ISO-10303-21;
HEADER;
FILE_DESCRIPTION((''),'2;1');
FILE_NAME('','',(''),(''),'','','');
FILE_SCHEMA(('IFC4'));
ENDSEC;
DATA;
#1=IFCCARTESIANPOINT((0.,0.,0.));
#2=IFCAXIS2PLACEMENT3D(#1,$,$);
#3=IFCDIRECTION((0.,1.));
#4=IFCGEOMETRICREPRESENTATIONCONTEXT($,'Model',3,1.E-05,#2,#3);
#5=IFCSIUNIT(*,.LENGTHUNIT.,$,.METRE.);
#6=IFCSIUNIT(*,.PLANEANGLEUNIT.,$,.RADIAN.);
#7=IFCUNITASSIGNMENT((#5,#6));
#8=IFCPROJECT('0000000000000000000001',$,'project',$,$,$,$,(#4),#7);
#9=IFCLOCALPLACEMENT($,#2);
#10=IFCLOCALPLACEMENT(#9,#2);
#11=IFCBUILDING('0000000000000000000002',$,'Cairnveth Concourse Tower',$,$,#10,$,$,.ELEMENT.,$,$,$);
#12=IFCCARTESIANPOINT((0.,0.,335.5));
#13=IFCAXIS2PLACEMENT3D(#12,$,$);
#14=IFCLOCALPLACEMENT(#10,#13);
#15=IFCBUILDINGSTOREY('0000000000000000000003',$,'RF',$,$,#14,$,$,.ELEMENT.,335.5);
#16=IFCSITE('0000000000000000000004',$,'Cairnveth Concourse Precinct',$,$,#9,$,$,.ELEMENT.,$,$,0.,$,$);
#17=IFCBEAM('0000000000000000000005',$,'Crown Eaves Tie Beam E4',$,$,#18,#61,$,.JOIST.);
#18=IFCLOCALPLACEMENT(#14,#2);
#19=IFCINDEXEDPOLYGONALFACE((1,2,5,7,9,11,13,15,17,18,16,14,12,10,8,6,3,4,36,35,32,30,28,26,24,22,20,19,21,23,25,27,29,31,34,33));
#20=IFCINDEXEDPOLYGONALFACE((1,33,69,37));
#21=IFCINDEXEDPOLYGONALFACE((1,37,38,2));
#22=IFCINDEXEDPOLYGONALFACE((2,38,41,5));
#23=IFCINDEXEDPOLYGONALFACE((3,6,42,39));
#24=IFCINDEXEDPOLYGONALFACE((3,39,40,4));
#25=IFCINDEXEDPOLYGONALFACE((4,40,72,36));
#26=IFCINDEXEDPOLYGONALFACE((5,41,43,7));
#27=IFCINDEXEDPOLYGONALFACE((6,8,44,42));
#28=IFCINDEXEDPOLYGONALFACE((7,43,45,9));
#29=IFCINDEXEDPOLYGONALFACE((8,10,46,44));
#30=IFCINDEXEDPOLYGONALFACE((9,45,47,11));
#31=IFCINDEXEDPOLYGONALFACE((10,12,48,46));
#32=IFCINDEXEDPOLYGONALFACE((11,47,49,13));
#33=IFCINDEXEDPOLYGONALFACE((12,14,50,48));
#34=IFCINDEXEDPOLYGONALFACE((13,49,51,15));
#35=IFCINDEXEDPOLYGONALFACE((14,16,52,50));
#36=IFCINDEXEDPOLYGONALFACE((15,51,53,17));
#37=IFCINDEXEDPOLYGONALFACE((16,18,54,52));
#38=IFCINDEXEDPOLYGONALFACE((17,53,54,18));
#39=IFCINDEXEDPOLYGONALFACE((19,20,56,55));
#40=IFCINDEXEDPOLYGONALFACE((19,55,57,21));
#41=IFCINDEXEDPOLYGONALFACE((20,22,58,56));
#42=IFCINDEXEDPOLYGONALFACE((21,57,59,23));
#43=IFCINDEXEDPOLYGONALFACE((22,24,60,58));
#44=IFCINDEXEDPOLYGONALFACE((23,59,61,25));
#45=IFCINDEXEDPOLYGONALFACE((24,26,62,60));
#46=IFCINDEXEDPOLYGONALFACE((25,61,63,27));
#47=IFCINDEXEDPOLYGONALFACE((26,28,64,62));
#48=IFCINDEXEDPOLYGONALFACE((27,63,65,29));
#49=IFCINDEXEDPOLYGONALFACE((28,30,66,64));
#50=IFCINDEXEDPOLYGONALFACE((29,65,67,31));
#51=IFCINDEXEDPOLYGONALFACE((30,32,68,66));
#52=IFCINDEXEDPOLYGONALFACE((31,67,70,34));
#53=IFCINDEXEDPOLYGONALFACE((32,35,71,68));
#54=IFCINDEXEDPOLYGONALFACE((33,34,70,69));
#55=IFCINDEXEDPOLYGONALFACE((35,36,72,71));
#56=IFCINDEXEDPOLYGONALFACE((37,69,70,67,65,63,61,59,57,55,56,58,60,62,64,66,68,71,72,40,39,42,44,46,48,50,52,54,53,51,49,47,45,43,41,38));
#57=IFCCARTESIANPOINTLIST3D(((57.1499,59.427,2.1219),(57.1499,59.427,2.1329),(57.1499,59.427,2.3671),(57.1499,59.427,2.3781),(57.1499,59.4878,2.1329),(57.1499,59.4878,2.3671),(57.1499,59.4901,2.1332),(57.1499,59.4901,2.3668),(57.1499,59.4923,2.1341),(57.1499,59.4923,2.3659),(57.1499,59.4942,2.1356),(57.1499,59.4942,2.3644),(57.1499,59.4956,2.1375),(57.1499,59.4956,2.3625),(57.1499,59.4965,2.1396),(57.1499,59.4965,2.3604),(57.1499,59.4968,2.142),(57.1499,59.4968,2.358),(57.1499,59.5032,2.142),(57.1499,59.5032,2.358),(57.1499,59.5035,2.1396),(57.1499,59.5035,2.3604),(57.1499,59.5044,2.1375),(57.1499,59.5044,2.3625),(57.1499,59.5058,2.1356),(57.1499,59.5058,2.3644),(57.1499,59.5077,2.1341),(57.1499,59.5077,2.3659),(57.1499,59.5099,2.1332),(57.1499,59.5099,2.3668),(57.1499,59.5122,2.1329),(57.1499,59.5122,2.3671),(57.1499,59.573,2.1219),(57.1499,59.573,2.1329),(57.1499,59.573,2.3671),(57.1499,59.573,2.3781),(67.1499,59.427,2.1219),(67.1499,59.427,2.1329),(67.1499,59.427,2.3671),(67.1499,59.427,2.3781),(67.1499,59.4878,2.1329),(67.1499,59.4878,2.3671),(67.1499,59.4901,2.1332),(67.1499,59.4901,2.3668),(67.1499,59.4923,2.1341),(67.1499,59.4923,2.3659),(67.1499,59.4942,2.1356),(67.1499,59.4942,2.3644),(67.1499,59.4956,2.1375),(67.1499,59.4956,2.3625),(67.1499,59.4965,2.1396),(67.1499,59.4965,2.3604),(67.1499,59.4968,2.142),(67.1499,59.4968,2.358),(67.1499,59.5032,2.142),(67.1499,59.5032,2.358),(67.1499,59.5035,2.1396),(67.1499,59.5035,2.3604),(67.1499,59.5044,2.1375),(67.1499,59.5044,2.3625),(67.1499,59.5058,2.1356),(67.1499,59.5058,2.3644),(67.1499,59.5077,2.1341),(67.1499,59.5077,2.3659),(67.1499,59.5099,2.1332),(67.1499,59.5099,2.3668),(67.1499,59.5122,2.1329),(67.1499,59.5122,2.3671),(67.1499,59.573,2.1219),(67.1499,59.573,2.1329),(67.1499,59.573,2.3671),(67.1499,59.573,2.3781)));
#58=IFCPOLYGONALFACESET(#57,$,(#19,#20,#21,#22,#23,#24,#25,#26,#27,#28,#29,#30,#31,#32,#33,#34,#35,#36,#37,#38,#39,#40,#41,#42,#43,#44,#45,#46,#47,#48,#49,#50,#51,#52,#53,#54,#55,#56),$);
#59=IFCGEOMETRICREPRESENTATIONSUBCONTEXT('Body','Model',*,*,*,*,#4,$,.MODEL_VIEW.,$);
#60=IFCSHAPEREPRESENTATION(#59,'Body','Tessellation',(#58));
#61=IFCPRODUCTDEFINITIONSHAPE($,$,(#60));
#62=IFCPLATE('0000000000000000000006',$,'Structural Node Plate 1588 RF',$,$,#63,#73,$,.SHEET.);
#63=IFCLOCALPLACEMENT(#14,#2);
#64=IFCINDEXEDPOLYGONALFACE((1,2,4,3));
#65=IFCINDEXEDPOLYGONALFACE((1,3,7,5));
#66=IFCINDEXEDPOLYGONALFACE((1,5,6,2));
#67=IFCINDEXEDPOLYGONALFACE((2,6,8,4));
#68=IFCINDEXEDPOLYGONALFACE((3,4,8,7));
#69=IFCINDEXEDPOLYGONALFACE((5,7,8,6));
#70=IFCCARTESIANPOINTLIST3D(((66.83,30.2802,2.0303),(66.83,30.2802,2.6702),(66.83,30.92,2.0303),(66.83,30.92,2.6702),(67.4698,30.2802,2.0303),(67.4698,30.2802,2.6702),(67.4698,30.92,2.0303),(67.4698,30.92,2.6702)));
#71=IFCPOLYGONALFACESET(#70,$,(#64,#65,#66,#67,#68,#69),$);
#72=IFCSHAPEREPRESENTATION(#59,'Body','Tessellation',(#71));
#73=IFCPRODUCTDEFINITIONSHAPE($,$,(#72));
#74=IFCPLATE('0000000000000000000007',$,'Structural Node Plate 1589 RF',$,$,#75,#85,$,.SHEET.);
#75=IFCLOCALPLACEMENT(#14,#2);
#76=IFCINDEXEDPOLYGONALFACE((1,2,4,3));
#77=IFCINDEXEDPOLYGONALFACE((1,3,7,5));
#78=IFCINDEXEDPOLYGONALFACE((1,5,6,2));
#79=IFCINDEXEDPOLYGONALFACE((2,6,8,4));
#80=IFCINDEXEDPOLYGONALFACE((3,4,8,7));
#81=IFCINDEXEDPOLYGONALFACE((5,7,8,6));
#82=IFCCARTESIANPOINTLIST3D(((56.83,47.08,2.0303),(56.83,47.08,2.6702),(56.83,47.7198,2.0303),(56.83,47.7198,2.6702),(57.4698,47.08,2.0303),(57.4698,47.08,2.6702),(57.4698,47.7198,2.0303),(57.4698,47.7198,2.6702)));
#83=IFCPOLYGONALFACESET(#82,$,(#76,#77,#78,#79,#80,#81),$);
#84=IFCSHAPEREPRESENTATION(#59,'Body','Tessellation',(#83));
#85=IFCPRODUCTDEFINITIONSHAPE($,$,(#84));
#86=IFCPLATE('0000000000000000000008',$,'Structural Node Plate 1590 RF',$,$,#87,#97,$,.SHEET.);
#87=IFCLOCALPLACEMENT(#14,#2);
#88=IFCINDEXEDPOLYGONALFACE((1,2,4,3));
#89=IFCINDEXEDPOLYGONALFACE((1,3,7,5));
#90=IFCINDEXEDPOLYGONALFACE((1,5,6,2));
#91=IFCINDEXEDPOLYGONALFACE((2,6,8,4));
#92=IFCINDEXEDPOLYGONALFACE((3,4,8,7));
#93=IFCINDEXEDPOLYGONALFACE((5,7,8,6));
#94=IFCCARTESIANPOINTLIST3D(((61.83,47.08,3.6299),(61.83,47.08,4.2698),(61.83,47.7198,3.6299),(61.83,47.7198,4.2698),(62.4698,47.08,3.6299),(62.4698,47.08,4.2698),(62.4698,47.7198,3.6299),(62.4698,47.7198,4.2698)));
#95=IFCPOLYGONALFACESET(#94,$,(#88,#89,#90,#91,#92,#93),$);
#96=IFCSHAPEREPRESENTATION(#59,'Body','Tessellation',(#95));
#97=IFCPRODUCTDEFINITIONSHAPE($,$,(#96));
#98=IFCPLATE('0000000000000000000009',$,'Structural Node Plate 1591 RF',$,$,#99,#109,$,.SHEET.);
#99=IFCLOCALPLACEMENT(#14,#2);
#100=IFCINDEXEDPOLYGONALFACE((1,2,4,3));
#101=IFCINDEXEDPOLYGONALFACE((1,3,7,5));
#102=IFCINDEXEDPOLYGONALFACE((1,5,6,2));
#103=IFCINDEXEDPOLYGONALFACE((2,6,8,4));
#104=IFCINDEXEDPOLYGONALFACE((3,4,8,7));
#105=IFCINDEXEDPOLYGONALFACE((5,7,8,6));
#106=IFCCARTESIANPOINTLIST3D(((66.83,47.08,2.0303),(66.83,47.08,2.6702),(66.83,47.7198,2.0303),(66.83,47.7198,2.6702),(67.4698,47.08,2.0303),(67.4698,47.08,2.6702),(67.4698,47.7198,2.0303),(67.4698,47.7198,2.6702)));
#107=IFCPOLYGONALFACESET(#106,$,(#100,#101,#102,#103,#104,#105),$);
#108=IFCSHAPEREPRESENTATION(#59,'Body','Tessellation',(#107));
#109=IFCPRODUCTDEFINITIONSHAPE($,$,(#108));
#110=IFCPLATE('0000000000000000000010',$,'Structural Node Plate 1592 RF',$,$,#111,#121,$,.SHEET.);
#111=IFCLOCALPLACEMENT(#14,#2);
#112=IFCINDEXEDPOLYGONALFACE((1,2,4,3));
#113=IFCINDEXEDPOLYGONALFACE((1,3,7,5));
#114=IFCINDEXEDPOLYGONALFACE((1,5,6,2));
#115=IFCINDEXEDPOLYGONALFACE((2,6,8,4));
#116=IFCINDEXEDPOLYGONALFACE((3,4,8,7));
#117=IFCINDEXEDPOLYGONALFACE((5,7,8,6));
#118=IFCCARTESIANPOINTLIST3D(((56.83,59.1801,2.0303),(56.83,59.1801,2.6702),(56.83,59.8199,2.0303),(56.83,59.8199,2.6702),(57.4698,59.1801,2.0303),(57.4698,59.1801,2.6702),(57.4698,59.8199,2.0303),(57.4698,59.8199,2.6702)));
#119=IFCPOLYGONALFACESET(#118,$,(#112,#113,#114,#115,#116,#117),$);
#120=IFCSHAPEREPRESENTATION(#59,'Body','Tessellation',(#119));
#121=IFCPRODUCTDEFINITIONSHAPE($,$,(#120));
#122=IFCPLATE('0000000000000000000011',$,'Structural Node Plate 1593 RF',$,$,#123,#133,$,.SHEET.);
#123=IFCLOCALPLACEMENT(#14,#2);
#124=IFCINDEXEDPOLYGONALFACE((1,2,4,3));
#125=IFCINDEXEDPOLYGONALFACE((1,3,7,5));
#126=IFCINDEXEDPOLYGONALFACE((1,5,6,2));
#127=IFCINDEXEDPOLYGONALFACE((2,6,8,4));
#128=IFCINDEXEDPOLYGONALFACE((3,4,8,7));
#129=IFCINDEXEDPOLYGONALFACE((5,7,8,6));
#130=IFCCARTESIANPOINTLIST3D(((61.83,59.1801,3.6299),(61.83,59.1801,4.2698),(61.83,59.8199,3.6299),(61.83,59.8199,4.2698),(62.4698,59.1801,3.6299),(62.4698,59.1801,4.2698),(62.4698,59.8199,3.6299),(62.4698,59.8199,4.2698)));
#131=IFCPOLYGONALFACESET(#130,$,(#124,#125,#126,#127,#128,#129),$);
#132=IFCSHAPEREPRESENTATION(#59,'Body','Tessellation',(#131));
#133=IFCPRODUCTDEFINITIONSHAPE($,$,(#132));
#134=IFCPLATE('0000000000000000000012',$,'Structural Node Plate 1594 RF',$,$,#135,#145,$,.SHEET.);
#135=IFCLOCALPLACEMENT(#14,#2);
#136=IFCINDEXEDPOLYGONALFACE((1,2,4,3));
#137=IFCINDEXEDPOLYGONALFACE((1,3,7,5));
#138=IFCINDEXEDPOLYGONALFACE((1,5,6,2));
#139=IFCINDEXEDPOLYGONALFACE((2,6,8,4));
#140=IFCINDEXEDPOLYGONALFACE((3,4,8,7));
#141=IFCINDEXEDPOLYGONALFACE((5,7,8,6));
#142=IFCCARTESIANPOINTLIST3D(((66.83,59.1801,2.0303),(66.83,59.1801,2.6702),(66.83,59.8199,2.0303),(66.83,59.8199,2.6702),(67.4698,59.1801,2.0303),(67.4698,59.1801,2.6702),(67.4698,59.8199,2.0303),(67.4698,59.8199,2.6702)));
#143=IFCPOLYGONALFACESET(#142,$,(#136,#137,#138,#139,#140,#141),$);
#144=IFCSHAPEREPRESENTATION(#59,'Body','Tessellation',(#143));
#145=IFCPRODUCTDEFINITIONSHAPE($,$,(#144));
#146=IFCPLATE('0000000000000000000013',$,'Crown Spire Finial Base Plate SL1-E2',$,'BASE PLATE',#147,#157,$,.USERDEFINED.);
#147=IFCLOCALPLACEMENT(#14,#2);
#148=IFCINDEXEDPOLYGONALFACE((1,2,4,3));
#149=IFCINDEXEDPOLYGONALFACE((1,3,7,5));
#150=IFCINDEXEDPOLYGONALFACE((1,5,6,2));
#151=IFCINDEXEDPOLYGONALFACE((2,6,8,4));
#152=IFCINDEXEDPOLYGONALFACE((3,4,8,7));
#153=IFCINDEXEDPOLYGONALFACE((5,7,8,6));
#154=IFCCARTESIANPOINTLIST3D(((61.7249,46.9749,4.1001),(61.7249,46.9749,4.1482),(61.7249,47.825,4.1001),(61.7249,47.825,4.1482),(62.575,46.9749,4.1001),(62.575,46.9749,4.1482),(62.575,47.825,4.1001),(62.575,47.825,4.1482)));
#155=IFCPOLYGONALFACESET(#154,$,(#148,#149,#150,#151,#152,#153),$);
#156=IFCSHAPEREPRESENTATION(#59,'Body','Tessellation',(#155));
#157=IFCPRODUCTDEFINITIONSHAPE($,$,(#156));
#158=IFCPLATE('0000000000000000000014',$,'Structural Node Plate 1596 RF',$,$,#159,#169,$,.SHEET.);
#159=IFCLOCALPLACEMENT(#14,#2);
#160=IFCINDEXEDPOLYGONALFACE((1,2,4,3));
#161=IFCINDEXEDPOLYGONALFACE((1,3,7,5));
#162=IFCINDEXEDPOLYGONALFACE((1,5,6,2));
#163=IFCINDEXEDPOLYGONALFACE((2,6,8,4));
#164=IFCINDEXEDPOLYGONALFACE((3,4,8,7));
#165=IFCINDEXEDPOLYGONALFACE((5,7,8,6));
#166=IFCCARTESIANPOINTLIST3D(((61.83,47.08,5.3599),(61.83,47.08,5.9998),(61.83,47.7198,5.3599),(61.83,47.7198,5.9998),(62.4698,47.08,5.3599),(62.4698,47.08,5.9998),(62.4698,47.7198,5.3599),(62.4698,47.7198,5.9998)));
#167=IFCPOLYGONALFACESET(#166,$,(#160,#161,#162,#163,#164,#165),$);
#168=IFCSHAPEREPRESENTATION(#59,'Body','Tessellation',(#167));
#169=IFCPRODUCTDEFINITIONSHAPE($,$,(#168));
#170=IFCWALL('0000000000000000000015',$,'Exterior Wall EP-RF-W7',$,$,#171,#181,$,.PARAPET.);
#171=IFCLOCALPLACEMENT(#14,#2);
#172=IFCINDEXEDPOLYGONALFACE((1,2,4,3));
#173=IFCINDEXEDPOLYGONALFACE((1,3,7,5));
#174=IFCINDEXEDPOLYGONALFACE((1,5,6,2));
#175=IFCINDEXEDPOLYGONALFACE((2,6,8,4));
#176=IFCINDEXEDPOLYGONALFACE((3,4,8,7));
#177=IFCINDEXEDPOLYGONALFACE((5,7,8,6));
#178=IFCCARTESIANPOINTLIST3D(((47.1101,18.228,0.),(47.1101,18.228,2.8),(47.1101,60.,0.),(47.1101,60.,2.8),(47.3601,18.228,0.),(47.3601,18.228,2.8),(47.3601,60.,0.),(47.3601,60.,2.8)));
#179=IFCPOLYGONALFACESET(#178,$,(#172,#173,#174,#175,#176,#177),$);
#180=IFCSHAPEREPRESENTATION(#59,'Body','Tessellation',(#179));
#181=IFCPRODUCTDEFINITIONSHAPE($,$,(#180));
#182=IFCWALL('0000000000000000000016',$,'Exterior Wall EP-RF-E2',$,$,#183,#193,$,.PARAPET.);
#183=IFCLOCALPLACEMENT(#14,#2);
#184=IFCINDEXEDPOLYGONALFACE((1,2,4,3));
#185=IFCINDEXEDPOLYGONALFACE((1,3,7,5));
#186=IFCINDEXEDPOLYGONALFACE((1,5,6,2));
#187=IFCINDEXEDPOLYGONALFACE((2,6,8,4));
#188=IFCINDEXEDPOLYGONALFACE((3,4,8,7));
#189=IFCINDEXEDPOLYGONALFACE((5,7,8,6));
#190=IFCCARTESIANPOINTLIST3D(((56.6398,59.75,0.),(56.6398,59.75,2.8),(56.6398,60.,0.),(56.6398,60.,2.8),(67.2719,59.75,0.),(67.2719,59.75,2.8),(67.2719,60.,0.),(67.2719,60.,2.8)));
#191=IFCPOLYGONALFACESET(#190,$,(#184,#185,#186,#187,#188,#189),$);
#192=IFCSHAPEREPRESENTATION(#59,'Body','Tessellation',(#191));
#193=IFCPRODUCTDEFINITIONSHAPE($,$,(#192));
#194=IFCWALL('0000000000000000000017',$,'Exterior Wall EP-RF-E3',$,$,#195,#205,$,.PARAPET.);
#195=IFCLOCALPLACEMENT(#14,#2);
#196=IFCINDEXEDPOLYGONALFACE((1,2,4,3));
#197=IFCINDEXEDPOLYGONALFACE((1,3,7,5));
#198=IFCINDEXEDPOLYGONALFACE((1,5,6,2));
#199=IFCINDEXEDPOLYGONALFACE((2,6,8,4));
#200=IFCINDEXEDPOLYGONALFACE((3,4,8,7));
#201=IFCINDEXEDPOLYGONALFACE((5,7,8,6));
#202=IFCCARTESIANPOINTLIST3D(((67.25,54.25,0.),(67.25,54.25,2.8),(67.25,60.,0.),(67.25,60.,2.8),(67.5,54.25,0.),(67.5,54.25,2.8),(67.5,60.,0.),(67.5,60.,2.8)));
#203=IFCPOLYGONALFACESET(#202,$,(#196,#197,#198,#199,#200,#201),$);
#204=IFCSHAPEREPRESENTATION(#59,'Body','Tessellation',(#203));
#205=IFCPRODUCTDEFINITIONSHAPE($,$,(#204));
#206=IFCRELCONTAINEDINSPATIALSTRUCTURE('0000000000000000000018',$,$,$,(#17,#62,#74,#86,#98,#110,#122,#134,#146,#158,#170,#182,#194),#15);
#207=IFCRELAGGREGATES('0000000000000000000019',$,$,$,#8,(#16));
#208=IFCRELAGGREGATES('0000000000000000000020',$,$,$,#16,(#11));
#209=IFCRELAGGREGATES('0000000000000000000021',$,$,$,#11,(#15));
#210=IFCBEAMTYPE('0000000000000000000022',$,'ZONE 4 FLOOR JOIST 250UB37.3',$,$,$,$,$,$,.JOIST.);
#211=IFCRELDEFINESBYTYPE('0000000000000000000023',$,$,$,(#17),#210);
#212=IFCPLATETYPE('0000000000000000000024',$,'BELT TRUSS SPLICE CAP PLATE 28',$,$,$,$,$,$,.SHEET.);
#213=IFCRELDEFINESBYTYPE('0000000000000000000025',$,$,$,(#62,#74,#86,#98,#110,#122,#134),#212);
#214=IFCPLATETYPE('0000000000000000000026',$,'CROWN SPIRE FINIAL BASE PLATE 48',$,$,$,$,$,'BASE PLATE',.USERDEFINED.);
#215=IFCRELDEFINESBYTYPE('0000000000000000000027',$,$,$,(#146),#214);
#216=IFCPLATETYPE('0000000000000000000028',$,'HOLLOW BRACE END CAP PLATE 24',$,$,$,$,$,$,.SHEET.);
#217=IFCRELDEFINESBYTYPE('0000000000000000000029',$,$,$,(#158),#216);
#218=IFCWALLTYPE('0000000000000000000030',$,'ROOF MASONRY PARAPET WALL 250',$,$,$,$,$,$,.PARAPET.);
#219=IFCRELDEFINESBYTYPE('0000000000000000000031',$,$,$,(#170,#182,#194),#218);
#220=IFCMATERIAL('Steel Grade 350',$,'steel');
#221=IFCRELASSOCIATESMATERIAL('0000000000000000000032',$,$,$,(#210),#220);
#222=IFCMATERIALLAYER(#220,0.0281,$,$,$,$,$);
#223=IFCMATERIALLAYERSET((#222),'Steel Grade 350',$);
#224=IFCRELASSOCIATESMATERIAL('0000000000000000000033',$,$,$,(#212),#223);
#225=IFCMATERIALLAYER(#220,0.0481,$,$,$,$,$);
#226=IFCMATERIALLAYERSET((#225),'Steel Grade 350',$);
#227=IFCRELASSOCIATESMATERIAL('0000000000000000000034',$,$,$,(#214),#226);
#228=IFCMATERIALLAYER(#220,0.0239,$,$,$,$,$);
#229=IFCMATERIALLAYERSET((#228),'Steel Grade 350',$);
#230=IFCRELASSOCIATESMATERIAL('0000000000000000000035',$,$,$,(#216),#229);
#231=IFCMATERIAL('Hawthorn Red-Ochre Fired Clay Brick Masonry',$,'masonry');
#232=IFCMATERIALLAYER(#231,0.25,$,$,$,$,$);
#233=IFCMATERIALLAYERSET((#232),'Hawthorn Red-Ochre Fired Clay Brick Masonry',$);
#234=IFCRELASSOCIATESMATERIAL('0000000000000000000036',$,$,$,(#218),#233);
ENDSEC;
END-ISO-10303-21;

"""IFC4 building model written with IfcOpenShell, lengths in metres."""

from ifc_helpers import new_model, si_unit, direction, frame, frame_2d, origin, origin_2d, place, context, subcontext, project, spatial, rectangle, i_section, extrude, material, layer, layer_set, material_profile, profile_set, type_object, element, save


model = new_model("IFC4")

# Units and contexts
model_context = context("Model", 3, precision=1e-05, world=origin(), true_north=direction((0.0, 1.0)))
body_context = subcontext(model_context, "Body", "Model", "MODEL_VIEW")
ifc_project = project(units=[si_unit("LENGTHUNIT", "METRE"), si_unit("PLANEANGLEUNIT", "RADIAN")], contexts=[model_context])

# Site, building, storey
site_placement = place(None, origin())
site = spatial("IfcSite", under=ifc_project, at=site_placement, Name="Cairnveth Concourse Precinct", CompositionType="ELEMENT", RefElevation=0.0)
building_placement = place(site_placement, origin())
building = spatial("IfcBuilding", under=site, at=building_placement, Name="Cairnveth Concourse Tower", CompositionType="ELEMENT")
storey_placement = place(building_placement, frame((0.0, 0.0, 335.5)))
storey = spatial("IfcBuildingStorey", under=building, at=storey_placement, Name="RF", CompositionType="ELEMENT", Elevation=335.5)

# Shared definitions
ifc_material_1 = material(Name="Steel Grade 350", Category="steel")

# Beam
ifc_material_profile_1 = material_profile(ifc_material_1, i_section(OverallWidth=0.146, OverallDepth=0.2561, WebThickness=0.0063, FlangeThickness=0.011, FilletRadius=0.009, at=origin_2d()), Name="250UB37.3")
ifc_profile_set_1 = profile_set([ifc_material_profile_1], Name="Steel Grade 350")
beam_type = type_object("IfcBeamType", Name="ZONE 4 FLOOR JOIST 250UB37.3", PredefinedType="JOIST", material=ifc_profile_set_1)
for number, where, z_axis, x_axis, name in (
    (1, (57.1499, 59.5, 2.25), (1.0, 0.0, 0.0), (0.0, 1.0, 0.0), "Crown Eaves Tie Beam E4"),
):
    element("IfcBeam", number, at=place(storey_placement, frame(where, z_axis=z_axis, x_axis=x_axis)), inside=storey, type_object=beam_type, Name=name, PredefinedType="JOIST", context=body_context, shape_type="SweptSolid", body=[
        extrude(i_section(OverallWidth=0.146, OverallDepth=0.2561, WebThickness=0.0063, FlangeThickness=0.011, FilletRadius=0.009, at=origin_2d()), origin(), (0.0, 0.0, 1.0), 10.0),
    ])

# Plates
ifc_layer_1 = layer(ifc_material_1, 0.0281)
ifc_layer_set_1 = layer_set([ifc_layer_1], Name="Steel Grade 350")
plate_type_1 = type_object("IfcPlateType", Name="BELT TRUSS SPLICE CAP PLATE 28", PredefinedType="SHEET", material=ifc_layer_set_1)
for number, where, z_axis, x_axis, name in (
    (2, (67.1499, 30.6001, 2.0303), (0.0, 0.0, 1.0), (1.0, 0.0, 0.0), "Structural Node Plate 1588 RF"),
    (3, (57.1499, 47.3999, 2.0303), (0.0, 0.0, 1.0), (1.0, 0.0, 0.0), "Structural Node Plate 1589 RF"),
    (4, (62.1499, 47.3999, 3.6299), (0.0, 0.0, 1.0), (1.0, 0.0, 0.0), "Structural Node Plate 1590 RF"),
    (5, (67.1499, 47.3999, 2.0303), (0.0, 0.0, 1.0), (1.0, 0.0, 0.0), "Structural Node Plate 1591 RF"),
    (6, (57.1499, 59.5, 2.0303), (0.0, 0.0, 1.0), (1.0, 0.0, 0.0), "Structural Node Plate 1592 RF"),
    (7, (62.1499, 59.5, 3.6299), (0.0, 0.0, 1.0), (1.0, 0.0, 0.0), "Structural Node Plate 1593 RF"),
    (8, (67.1499, 59.5, 2.0303), (0.0, 0.0, 1.0), (1.0, 0.0, 0.0), "Structural Node Plate 1594 RF"),
):
    element("IfcPlate", number, at=place(storey_placement, frame(where, z_axis=z_axis, x_axis=x_axis)), inside=storey, type_object=plate_type_1, Name=name, PredefinedType="SHEET", context=body_context, shape_type="SweptSolid", body=[
        extrude(rectangle(XDim=0.6399, YDim=0.6399, at=origin_2d()), origin(), (0.0, 0.0, 1.0), 0.6399),
    ])
ifc_layer_2 = layer(ifc_material_1, 0.0481)
ifc_layer_set_2 = layer_set([ifc_layer_2], Name="Steel Grade 350")
plate_type_2 = type_object("IfcPlateType", Name="CROWN SPIRE FINIAL BASE PLATE 48", ElementType="BASE PLATE", PredefinedType="USERDEFINED", material=ifc_layer_set_2)
plate_1_placement = place(storey_placement, frame((62.1499, 47.3999, 4.1001), z_axis=(0.0, 0.0, 1.0), x_axis=(1.0, 0.0, 0.0)))
element("IfcPlate", 9, at=plate_1_placement, inside=storey, type_object=plate_type_2, Name="Crown Spire Finial Base Plate SL1-E2", ObjectType="BASE PLATE", PredefinedType="USERDEFINED", context=body_context, shape_type="SweptSolid", body=[
    extrude(rectangle(XDim=0.8501, YDim=0.8501, at=origin_2d()), origin(), (0.0, 0.0, 1.0), 0.0481),
])
ifc_layer_3 = layer(ifc_material_1, 0.0239)
ifc_layer_set_3 = layer_set([ifc_layer_3], Name="Steel Grade 350")
plate_type_3 = type_object("IfcPlateType", Name="HOLLOW BRACE END CAP PLATE 24", PredefinedType="SHEET", material=ifc_layer_set_3)
plate_2_placement = place(storey_placement, frame((62.1499, 47.3999, 5.3599), z_axis=(0.0, 0.0, 1.0), x_axis=(1.0, 0.0, 0.0)))
element("IfcPlate", 10, at=plate_2_placement, inside=storey, type_object=plate_type_3, Name="Structural Node Plate 1596 RF", PredefinedType="SHEET", context=body_context, shape_type="SweptSolid", body=[
    extrude(rectangle(XDim=0.6399, YDim=0.6399, at=origin_2d()), origin(), (0.0, 0.0, 1.0), 0.6399),
])

# Walls
ifc_material_2 = material(Name="Hawthorn Red-Ochre Fired Clay Brick Masonry", Category="masonry")
ifc_layer_4 = layer(ifc_material_2, 0.25)
ifc_layer_set_4 = layer_set([ifc_layer_4], Name="Hawthorn Red-Ochre Fired Clay Brick Masonry")
wall_type = type_object("IfcWallType", Name="ROOF MASONRY PARAPET WALL 250", PredefinedType="PARAPET", material=ifc_layer_set_4)
wall_1_placement = place(storey_placement, frame((47.2351, 60.0, 0.0), z_axis=(0.0, 0.0, 1.0), x_axis=(0.0, -1.0, 0.0)))
element("IfcWall", 11, at=wall_1_placement, inside=storey, type_object=wall_type, Name="Exterior Wall EP-RF-W7", PredefinedType="PARAPET", context=body_context, shape_type="SweptSolid", body=[
    extrude(rectangle(XDim=41.772, YDim=0.25, at=frame_2d((20.886, 0.0))), origin(), (0.0, 0.0, 1.0), 2.8),
])
wall_2_placement = place(storey_placement, frame((56.6399, 59.875, 0.0), z_axis=(0.0, 0.0, 1.0), x_axis=(1.0, 0.0, 0.0)))
element("IfcWall", 12, at=wall_2_placement, inside=storey, type_object=wall_type, Name="Exterior Wall EP-RF-E2", PredefinedType="PARAPET", context=body_context, shape_type="SweptSolid", body=[
    extrude(rectangle(XDim=10.6321, YDim=0.25, at=frame_2d((5.3159, 0.0))), origin(), (0.0, 0.0, 1.0), 2.8),
])
wall_3_placement = place(storey_placement, frame((67.375, 60.0, 0.0), z_axis=(0.0, 0.0, 1.0), x_axis=(0.0, -1.0, 0.0)))
element("IfcWall", 13, at=wall_3_placement, inside=storey, type_object=wall_type, Name="Exterior Wall EP-RF-E3", PredefinedType="PARAPET", context=body_context, shape_type="SweptSolid", body=[
    extrude(rectangle(XDim=5.75, YDim=0.25, at=frame_2d((2.875, 0.0))), origin(), (0.0, 0.0, 1.0), 2.8),
])

save(model, "model.ifc")
